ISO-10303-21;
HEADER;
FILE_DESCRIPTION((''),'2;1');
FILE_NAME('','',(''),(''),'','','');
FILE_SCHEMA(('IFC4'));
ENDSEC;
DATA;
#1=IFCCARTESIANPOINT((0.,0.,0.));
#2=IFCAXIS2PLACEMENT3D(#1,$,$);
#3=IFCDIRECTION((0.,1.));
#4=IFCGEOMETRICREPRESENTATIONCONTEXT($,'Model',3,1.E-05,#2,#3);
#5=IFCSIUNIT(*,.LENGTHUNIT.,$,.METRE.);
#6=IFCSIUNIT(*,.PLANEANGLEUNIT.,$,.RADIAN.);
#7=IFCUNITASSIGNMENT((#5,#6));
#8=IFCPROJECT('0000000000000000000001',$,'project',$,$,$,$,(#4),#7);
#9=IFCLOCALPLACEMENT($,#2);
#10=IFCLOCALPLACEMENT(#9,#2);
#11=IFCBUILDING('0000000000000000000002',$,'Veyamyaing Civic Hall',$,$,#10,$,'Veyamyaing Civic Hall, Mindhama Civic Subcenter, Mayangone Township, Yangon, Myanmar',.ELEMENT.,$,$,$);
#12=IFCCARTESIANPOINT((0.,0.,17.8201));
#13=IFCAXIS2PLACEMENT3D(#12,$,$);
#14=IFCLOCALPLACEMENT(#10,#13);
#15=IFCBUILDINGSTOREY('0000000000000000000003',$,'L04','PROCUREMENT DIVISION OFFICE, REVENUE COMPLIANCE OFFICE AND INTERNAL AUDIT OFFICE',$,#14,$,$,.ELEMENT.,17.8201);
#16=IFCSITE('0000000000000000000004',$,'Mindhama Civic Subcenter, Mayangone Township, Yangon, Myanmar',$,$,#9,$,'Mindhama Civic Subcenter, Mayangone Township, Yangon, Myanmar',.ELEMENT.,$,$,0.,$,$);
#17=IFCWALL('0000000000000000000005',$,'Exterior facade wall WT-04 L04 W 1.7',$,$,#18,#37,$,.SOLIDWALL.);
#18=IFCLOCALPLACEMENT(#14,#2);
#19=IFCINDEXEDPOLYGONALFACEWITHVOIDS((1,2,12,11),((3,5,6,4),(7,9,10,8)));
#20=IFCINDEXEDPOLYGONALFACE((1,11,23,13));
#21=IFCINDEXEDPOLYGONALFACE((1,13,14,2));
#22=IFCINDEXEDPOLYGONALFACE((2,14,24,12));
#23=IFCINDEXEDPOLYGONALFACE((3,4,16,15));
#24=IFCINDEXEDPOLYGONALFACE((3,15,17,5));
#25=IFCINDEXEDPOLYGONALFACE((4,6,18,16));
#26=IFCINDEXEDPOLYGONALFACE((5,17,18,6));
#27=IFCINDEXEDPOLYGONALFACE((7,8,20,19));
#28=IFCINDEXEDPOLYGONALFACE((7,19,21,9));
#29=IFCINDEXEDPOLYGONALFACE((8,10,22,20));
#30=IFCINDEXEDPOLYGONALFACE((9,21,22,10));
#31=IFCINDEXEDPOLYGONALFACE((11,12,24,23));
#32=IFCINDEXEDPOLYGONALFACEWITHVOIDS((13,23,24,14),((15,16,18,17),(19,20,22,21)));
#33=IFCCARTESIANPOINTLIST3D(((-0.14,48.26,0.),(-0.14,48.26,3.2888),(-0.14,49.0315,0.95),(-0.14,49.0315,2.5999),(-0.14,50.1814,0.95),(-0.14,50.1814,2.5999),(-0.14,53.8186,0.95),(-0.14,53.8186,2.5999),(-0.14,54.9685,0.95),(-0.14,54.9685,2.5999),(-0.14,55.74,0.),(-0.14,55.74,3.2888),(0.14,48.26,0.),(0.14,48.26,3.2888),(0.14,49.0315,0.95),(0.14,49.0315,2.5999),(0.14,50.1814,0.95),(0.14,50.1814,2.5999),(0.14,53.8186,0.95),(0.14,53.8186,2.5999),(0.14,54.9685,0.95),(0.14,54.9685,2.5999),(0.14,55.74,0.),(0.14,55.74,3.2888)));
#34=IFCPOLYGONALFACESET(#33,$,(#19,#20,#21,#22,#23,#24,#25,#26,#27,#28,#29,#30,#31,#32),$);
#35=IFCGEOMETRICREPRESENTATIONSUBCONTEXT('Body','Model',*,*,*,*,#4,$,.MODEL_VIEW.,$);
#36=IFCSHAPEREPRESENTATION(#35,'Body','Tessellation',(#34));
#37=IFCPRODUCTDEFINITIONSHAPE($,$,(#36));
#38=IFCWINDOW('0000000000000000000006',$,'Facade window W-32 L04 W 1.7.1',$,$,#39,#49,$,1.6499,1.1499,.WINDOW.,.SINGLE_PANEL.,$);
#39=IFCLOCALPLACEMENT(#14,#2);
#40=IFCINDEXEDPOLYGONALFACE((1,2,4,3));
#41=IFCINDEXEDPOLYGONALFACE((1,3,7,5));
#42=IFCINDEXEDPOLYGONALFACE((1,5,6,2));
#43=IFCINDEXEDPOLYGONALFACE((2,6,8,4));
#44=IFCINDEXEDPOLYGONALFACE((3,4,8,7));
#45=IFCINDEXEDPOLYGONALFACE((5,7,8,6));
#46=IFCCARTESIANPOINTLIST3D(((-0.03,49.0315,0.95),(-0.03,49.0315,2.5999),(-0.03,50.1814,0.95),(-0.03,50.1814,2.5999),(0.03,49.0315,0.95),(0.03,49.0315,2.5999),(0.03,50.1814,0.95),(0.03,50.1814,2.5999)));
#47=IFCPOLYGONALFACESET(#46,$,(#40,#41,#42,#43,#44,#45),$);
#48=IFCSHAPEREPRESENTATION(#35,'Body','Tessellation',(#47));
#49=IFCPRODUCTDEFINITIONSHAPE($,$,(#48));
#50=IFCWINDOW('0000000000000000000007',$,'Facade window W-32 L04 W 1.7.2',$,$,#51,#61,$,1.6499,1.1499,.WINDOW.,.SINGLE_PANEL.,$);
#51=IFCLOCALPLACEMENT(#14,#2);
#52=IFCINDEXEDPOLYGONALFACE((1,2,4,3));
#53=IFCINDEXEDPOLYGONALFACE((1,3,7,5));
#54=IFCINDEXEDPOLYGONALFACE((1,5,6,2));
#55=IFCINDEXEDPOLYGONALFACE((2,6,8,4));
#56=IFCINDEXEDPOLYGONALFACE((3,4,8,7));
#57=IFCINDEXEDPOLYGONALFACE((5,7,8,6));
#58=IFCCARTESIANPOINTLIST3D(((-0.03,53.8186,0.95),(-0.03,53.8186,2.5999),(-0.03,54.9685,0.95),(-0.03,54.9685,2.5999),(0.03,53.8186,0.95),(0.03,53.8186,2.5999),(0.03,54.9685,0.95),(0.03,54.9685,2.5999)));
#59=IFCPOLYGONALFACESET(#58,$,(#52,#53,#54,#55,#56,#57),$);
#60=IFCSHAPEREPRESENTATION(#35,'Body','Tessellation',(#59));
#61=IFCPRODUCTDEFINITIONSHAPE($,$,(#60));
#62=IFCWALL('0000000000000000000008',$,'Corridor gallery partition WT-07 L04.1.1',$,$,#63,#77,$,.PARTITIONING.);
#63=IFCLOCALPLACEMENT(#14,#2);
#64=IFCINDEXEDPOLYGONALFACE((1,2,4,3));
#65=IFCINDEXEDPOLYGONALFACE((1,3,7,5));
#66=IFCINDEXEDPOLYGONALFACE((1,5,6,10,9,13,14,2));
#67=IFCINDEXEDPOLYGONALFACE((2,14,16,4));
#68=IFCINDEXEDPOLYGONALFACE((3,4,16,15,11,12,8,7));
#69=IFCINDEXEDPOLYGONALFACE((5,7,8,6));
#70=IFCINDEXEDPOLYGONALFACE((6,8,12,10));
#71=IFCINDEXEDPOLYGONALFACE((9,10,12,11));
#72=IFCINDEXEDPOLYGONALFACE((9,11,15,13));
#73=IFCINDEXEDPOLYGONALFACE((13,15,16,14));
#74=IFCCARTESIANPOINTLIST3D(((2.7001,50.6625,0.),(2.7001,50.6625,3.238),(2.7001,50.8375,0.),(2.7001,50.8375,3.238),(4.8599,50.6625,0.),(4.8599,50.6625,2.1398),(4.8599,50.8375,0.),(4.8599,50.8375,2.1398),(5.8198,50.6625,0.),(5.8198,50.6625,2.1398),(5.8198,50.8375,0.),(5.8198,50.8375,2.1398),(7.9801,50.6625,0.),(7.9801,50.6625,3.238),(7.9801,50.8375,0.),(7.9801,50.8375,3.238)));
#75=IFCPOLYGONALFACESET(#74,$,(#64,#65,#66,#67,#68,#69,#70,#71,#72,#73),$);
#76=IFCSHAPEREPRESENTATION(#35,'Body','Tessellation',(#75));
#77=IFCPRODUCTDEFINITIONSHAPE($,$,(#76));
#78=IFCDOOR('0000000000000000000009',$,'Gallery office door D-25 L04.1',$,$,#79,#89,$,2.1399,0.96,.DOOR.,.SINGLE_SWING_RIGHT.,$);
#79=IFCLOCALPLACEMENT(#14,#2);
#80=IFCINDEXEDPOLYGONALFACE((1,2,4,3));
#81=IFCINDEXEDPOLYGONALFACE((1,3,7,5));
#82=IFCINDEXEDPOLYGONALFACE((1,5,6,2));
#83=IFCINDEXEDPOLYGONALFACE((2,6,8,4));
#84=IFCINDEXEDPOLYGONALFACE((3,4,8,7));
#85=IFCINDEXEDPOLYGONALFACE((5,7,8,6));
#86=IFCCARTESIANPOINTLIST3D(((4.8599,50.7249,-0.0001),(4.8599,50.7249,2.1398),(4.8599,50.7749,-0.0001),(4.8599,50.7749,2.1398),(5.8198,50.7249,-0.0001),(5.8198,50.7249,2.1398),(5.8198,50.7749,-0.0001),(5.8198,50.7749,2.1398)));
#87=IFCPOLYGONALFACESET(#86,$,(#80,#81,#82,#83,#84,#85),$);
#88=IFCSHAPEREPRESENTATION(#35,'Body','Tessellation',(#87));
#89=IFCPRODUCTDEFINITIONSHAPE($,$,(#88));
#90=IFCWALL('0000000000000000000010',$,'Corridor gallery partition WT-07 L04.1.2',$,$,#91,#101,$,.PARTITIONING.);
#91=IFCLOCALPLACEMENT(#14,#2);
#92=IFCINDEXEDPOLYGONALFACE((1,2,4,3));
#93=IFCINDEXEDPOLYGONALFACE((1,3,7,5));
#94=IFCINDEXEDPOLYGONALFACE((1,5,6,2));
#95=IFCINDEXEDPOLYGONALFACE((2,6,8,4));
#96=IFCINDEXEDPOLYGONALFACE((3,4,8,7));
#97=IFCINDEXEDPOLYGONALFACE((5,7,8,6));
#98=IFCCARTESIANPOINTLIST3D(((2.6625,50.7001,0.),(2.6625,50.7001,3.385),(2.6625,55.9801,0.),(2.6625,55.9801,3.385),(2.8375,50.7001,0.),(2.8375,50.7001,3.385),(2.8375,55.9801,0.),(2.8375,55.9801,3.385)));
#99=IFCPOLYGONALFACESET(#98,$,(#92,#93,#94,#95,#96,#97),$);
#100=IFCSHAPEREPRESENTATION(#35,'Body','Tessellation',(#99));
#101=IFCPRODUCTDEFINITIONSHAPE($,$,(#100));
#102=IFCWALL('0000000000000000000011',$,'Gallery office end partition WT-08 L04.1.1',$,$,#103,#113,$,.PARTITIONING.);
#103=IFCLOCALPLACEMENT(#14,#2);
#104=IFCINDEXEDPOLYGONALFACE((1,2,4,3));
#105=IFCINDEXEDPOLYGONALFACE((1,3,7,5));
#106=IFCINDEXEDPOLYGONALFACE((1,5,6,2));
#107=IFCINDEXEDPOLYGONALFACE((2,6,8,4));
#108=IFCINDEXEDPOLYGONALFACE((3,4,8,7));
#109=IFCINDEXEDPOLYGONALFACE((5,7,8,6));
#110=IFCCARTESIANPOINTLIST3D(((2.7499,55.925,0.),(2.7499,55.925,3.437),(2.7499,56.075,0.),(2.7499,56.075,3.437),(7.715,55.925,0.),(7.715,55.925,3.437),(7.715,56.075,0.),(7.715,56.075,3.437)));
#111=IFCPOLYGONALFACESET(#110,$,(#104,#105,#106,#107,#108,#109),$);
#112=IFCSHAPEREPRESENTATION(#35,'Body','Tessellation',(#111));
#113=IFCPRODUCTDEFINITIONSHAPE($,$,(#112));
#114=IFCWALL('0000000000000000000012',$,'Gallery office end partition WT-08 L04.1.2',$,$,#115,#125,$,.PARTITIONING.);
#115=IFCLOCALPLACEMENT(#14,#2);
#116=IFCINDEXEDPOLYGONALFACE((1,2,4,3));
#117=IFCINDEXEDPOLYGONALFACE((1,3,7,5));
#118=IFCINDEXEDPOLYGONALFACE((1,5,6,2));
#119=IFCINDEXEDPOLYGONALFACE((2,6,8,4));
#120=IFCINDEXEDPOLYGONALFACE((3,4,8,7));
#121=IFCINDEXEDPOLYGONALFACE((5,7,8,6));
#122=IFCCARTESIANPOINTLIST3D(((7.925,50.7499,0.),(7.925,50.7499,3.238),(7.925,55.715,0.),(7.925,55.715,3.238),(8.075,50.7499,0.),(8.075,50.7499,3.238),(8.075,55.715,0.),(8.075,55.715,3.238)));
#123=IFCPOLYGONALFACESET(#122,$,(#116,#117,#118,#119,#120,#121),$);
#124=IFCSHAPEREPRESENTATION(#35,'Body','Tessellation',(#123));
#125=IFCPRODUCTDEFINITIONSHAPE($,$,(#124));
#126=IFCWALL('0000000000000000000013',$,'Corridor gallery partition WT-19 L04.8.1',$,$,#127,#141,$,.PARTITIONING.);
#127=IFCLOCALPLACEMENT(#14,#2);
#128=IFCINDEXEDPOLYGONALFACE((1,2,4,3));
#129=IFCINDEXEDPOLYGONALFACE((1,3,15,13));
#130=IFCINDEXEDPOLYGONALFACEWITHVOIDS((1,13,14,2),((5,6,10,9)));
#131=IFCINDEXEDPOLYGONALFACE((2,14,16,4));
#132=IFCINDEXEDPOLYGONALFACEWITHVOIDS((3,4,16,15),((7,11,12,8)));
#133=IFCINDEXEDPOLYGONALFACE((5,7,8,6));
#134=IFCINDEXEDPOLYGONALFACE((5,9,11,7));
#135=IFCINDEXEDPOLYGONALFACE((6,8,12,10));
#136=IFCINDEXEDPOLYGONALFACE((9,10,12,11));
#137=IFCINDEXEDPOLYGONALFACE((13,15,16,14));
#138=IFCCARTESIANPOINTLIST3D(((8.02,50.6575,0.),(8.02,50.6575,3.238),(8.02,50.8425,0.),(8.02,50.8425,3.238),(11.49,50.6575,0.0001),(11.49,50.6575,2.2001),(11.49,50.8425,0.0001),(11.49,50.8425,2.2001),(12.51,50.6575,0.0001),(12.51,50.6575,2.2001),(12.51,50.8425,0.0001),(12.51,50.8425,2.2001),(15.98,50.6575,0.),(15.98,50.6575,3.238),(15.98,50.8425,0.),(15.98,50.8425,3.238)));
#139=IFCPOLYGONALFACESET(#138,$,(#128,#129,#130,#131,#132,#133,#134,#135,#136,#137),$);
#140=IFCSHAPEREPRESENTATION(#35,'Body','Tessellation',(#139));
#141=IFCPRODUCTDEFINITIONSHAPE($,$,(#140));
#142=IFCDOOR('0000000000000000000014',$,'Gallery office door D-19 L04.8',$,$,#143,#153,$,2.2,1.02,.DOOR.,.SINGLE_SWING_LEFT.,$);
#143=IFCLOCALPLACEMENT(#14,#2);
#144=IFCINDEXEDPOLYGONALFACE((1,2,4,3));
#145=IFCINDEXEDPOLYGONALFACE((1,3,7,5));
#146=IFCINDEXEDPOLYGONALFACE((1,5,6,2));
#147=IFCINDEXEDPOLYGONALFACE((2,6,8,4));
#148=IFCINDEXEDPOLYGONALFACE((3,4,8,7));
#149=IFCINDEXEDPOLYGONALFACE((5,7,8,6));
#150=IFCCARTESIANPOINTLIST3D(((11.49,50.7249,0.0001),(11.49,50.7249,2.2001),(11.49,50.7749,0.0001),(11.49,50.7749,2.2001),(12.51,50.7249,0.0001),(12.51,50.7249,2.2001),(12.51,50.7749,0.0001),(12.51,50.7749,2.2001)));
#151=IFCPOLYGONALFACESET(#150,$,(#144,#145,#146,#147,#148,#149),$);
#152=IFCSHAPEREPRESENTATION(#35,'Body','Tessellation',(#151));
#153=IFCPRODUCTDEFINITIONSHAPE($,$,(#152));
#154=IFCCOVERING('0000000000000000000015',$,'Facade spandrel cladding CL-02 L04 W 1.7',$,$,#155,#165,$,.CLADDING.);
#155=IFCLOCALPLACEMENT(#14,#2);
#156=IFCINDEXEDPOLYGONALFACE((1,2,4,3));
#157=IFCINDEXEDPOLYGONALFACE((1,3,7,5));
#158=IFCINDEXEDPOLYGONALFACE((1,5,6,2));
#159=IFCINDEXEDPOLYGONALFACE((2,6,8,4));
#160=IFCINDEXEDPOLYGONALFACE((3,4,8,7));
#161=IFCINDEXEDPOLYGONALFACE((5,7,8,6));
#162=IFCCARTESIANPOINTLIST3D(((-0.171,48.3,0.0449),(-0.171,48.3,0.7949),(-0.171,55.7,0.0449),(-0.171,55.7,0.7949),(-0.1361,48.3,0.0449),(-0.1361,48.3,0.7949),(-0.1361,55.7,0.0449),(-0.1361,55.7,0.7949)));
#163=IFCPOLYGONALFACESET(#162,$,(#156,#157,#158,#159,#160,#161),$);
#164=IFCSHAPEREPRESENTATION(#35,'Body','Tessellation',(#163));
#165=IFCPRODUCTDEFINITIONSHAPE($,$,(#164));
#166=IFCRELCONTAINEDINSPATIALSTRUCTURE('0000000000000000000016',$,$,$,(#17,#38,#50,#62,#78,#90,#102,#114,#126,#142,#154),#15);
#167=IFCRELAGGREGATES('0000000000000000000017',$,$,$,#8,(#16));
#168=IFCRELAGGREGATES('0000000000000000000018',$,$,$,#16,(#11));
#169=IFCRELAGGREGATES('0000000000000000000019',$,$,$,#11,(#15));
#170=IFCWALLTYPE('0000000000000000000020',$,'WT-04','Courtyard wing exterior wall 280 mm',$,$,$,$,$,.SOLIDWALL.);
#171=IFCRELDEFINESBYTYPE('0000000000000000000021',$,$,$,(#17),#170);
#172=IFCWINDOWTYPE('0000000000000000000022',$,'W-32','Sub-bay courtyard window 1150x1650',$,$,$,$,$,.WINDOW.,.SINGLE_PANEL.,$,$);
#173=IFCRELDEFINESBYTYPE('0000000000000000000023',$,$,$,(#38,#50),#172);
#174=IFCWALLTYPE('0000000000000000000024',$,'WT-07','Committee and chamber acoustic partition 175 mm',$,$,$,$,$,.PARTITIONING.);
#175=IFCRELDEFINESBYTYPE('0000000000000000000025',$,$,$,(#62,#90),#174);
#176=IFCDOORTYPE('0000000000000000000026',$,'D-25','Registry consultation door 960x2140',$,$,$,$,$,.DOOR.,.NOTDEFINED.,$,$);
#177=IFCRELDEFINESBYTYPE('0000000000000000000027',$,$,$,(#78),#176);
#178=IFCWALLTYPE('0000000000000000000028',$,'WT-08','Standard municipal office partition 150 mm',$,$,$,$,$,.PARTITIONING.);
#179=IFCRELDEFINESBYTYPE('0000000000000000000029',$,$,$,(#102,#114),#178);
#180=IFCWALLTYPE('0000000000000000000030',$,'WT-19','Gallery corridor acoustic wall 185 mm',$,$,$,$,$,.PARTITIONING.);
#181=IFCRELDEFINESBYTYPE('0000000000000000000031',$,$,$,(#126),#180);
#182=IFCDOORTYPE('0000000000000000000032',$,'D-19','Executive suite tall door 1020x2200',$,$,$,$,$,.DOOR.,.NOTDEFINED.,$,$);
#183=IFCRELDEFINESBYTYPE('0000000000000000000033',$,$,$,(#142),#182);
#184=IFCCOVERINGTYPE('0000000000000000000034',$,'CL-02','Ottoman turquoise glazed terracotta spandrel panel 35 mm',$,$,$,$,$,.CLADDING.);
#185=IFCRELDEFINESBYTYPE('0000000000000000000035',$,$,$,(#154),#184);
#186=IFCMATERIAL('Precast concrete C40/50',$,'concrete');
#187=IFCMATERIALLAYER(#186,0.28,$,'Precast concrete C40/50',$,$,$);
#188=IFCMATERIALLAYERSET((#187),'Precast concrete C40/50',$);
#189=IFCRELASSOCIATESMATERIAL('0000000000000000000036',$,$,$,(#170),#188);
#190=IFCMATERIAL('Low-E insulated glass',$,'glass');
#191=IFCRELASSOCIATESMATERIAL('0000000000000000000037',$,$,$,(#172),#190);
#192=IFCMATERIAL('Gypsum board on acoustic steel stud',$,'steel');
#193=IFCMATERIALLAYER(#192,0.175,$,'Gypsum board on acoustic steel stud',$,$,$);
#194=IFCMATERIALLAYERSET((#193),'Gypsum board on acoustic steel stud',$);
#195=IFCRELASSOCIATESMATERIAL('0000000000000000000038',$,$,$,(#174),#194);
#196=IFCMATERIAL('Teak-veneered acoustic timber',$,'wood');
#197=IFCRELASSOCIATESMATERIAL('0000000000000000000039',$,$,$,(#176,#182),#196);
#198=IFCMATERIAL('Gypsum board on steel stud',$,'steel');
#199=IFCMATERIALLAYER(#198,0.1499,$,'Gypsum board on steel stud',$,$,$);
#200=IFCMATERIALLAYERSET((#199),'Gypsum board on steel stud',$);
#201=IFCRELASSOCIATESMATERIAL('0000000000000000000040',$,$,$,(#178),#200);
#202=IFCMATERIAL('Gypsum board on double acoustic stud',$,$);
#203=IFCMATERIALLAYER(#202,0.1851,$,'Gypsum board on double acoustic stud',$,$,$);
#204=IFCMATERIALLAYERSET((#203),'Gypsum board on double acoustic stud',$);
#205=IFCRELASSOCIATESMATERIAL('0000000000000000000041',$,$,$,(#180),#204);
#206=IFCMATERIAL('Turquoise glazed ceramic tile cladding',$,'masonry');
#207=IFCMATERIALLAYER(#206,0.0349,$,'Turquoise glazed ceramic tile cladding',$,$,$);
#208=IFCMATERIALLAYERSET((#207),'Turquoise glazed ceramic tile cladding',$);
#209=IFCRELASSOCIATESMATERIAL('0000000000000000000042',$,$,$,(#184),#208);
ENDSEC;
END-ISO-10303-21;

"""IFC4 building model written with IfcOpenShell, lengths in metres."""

from ifc_helpers import new_model, si_unit, direction, frame, frame_2d, origin, origin_2d, place, context, subcontext, project, spatial, rectangle, extrude, material, layer, layer_set, type_object, element, fill, save


model = new_model("IFC4")

# Units and contexts
model_context = context("Model", 3, precision=1e-05, world=origin(), true_north=direction((0.0, 1.0)))
body_context = subcontext(model_context, "Body", "Model", "MODEL_VIEW")
ifc_project = project(units=[si_unit("LENGTHUNIT", "METRE"), si_unit("PLANEANGLEUNIT", "RADIAN")], contexts=[model_context])

# Site, building, storey
site_placement = place(None, origin())
site = spatial("IfcSite", under=ifc_project, at=site_placement, Name="Mindhama Civic Subcenter, Mayangone Township, Yangon, Myanmar", LongName="Mindhama Civic Subcenter, Mayangone Township, Yangon, Myanmar", CompositionType="ELEMENT", RefElevation=0.0)
building_placement = place(site_placement, origin())
building = spatial("IfcBuilding", under=site, at=building_placement, Name="Veyamyaing Civic Hall", LongName="Veyamyaing Civic Hall, Mindhama Civic Subcenter, Mayangone Township, Yangon, Myanmar", CompositionType="ELEMENT")
storey_placement = place(building_placement, frame((0.0, 0.0, 17.8201)))
storey = spatial("IfcBuildingStorey", under=building, at=storey_placement, Name="L04", Description="PROCUREMENT DIVISION OFFICE, REVENUE COMPLIANCE OFFICE AND INTERNAL AUDIT OFFICE", CompositionType="ELEMENT", Elevation=17.8201)

# Shared definitions
ifc_material_1 = material(Name="Low-E insulated glass", Category="glass")

# Wall, openings, windows
ifc_material_2 = material(Name="Precast concrete C40/50", Category="concrete")
ifc_layer_1 = layer(ifc_material_2, 0.28, Name="Precast concrete C40/50")
ifc_layer_set_1 = layer_set([ifc_layer_1], Name="Precast concrete C40/50")
wall_type_1 = type_object("IfcWallType", Name="WT-04", Description="Courtyard wing exterior wall 280 mm", PredefinedType="SOLIDWALL", material=ifc_layer_set_1)
wall_1_placement = place(storey_placement, frame((0.0, 48.26, 0.0), z_axis=(0.0, 0.0, 1.0), x_axis=(0.0, 1.0, 0.0)))
wall_1 = element("IfcWall", 1, at=wall_1_placement, inside=storey, type_object=wall_type_1, Name="Exterior facade wall WT-04 L04 W 1.7", PredefinedType="SOLIDWALL", context=body_context, shape_type="SweptSolid", body=[
    extrude(rectangle(XDim=7.48, YDim=0.28, at=frame_2d((3.74, 0.0))), origin(), (0.0, 0.0, 1.0), 3.2888),
])
opening_1_placement = place(wall_1_placement, frame((0.7715, 0.0, 0.95)))
opening_1 = element("IfcOpeningElement", 2, at=opening_1_placement, cuts=wall_1, PredefinedType="OPENING", context=body_context, shape_type="SweptSolid", body=[
    extrude(rectangle(XDim=1.1499, YDim=1.6499, at=frame_2d((0.575, 0.825))), frame((0.0, 0.1499, 0.0), z_axis=(0.0, -1.0, 0.0), x_axis=(1.0, 0.0, 0.0)), (0.0, 0.0, 1.0), 0.3),
])
opening_2_placement = place(wall_1_placement, frame((5.5586, 0.0, 0.95)))
opening_2 = element("IfcOpeningElement", 3, at=opening_2_placement, cuts=wall_1, PredefinedType="OPENING", context=body_context, shape_type="SweptSolid", body=[
    extrude(rectangle(XDim=1.1499, YDim=1.6499, at=frame_2d((0.575, 0.825))), frame((0.0, 0.1499, 0.0), z_axis=(0.0, -1.0, 0.0), x_axis=(1.0, 0.0, 0.0)), (0.0, 0.0, 1.0), 0.3),
])
window_type = type_object("IfcWindowType", Name="W-32", Description="Sub-bay courtyard window 1150x1650", PartitioningType="SINGLE_PANEL", PredefinedType="WINDOW", material=ifc_material_1)
window_1_placement = place(opening_1_placement, origin())
window_1 = element("IfcWindow", 4, at=window_1_placement, inside=storey, type_object=window_type, Name="Facade window W-32 L04 W 1.7.1", OverallHeight=1.6499, OverallWidth=1.1499, PartitioningType="SINGLE_PANEL", PredefinedType="WINDOW", context=body_context, shape_type="SweptSolid", body=[
    extrude(rectangle(XDim=1.1499, YDim=1.6499, at=frame_2d((0.575, 0.825))), frame((0.0, 0.03, 0.0), z_axis=(0.0, -1.0, 0.0), x_axis=(1.0, 0.0, 0.0)), (0.0, 0.0, 1.0), 0.0601),
])
fill(opening_1, window_1)
window_2_placement = place(opening_2_placement, origin())
window_2 = element("IfcWindow", 5, at=window_2_placement, inside=storey, type_object=window_type, Name="Facade window W-32 L04 W 1.7.2", OverallHeight=1.6499, OverallWidth=1.1499, PartitioningType="SINGLE_PANEL", PredefinedType="WINDOW", context=body_context, shape_type="SweptSolid", body=[
    extrude(rectangle(XDim=1.1499, YDim=1.6499, at=frame_2d((0.575, 0.825))), frame((0.0, 0.03, 0.0), z_axis=(0.0, -1.0, 0.0), x_axis=(1.0, 0.0, 0.0)), (0.0, 0.0, 1.0), 0.0601),
])
fill(opening_2, window_2)

# Wall, opening, door
ifc_material_3 = material(Name="Gypsum board on acoustic steel stud", Category="steel")
ifc_layer_2 = layer(ifc_material_3, 0.175, Name="Gypsum board on acoustic steel stud")
ifc_layer_set_2 = layer_set([ifc_layer_2], Name="Gypsum board on acoustic steel stud")
wall_type_2 = type_object("IfcWallType", Name="WT-07", Description="Committee and chamber acoustic partition 175 mm", PredefinedType="PARTITIONING", material=ifc_layer_set_2)
wall_2_placement = place(storey_placement, frame((2.7, 50.75, 0.0), z_axis=(0.0, 0.0, 1.0), x_axis=(1.0, 0.0, 0.0)))
wall_2 = element("IfcWall", 6, at=wall_2_placement, inside=storey, type_object=wall_type_2, Name="Corridor gallery partition WT-07 L04.1.1", PredefinedType="PARTITIONING", context=body_context, shape_type="SweptSolid", body=[
    extrude(rectangle(XDim=5.28, YDim=0.175, at=frame_2d((2.6401, 0.0))), origin(), (0.0, 0.0, 1.0), 3.238),
])
opening_3_placement = place(wall_2_placement, frame((2.1599, 0.0, 0.0)))
opening_3 = element("IfcOpeningElement", 7, at=opening_3_placement, cuts=wall_2, PredefinedType="OPENING", context=body_context, shape_type="SweptSolid", body=[
    extrude(rectangle(XDim=0.96, YDim=2.1399, at=frame_2d((0.48, 1.0698))), frame((0.0, 0.0974, 0.0), z_axis=(0.0, -1.0, 0.0), x_axis=(1.0, 0.0, 0.0)), (0.0, 0.0, 1.0), 0.1951),
])
ifc_material_4 = material(Name="Teak-veneered acoustic timber", Category="wood")
door_type_1 = type_object("IfcDoorType", Name="D-25", Description="Registry consultation door 960x2140", OperationType="NOTDEFINED", PredefinedType="DOOR", material=ifc_material_4)
door_1_placement = place(opening_3_placement, origin())
door_1 = element("IfcDoor", 8, at=door_1_placement, inside=storey, type_object=door_type_1, Name="Gallery office door D-25 L04.1", OperationType="SINGLE_SWING_RIGHT", OverallHeight=2.1399, OverallWidth=0.96, PredefinedType="DOOR", context=body_context, shape_type="SweptSolid", body=[
    extrude(rectangle(XDim=0.96, YDim=2.1399, at=frame_2d((0.48, 1.0698))), frame((0.0, 0.0249, 0.0), z_axis=(0.0, -1.0, 0.0), x_axis=(1.0, 0.0, 0.0)), (0.0, 0.0, 1.0), 0.05),
])
fill(opening_3, door_1)

# Walls
wall_3_placement = place(storey_placement, frame((2.75, 50.7, 0.0), z_axis=(0.0, 0.0, 1.0), x_axis=(0.0, 1.0, 0.0)))
element("IfcWall", 9, at=wall_3_placement, inside=storey, type_object=wall_type_2, Name="Corridor gallery partition WT-07 L04.1.2", PredefinedType="PARTITIONING", context=body_context, shape_type="SweptSolid", body=[
    extrude(rectangle(XDim=5.28, YDim=0.175, at=frame_2d((2.6401, 0.0))), origin(), (0.0, 0.0, 1.0), 3.385),
])
ifc_material_5 = material(Name="Gypsum board on steel stud", Category="steel")
ifc_layer_3 = layer(ifc_material_5, 0.1499, Name="Gypsum board on steel stud")
ifc_layer_set_3 = layer_set([ifc_layer_3], Name="Gypsum board on steel stud")
wall_type_3 = type_object("IfcWallType", Name="WT-08", Description="Standard municipal office partition 150 mm", PredefinedType="PARTITIONING", material=ifc_layer_set_3)
wall_4_placement = place(storey_placement, frame((2.75, 56.0, 0.0), z_axis=(0.0, 0.0, 1.0), x_axis=(1.0, 0.0, 0.0)))
element("IfcWall", 10, at=wall_4_placement, inside=storey, type_object=wall_type_3, Name="Gallery office end partition WT-08 L04.1.1", PredefinedType="PARTITIONING", context=body_context, shape_type="SweptSolid", body=[
    extrude(rectangle(XDim=4.9651, YDim=0.1499, at=frame_2d((2.4824, 0.0))), origin(), (0.0, 0.0, 1.0), 3.437),
])
wall_5_placement = place(storey_placement, frame((8.0, 50.75, 0.0), z_axis=(0.0, 0.0, 1.0), x_axis=(0.0, 1.0, 0.0)))
element("IfcWall", 11, at=wall_5_placement, inside=storey, type_object=wall_type_3, Name="Gallery office end partition WT-08 L04.1.2", PredefinedType="PARTITIONING", context=body_context, shape_type="SweptSolid", body=[
    extrude(rectangle(XDim=4.9651, YDim=0.1499, at=frame_2d((2.4824, 0.0))), origin(), (0.0, 0.0, 1.0), 3.238),
])

# Wall, opening, door
ifc_material_6 = material(Name="Gypsum board on double acoustic stud")
ifc_layer_4 = layer(ifc_material_6, 0.1851, Name="Gypsum board on double acoustic stud")
ifc_layer_set_4 = layer_set([ifc_layer_4], Name="Gypsum board on double acoustic stud")
wall_type_4 = type_object("IfcWallType", Name="WT-19", Description="Gallery corridor acoustic wall 185 mm", PredefinedType="PARTITIONING", material=ifc_layer_set_4)
wall_6_placement = place(storey_placement, frame((8.02, 50.75, 0.0), z_axis=(0.0, 0.0, 1.0), x_axis=(1.0, 0.0, 0.0)))
wall_6 = element("IfcWall", 12, at=wall_6_placement, inside=storey, type_object=wall_type_4, Name="Corridor gallery partition WT-19 L04.8.1", PredefinedType="PARTITIONING", context=body_context, shape_type="SweptSolid", body=[
    extrude(rectangle(XDim=7.96, YDim=0.1851, at=frame_2d((3.98, 0.0))), origin(), (0.0, 0.0, 1.0), 3.238),
])
opening_4_placement = place(wall_6_placement, frame((3.47, 0.0, 0.0)))
opening_4 = element("IfcOpeningElement", 13, at=opening_4_placement, cuts=wall_6, PredefinedType="OPENING", context=body_context, shape_type="SweptSolid", body=[
    extrude(rectangle(XDim=1.02, YDim=2.2, at=frame_2d((0.51, 1.1001))), frame((0.0, 0.1025, 0.0), z_axis=(0.0, -1.0, 0.0), x_axis=(1.0, 0.0, 0.0)), (0.0, 0.0, 1.0), 0.2051),
])
door_type_2 = type_object("IfcDoorType", Name="D-19", Description="Executive suite tall door 1020x2200", OperationType="NOTDEFINED", PredefinedType="DOOR", material=ifc_material_4)
door_2_placement = place(opening_4_placement, origin())
door_2 = element("IfcDoor", 14, at=door_2_placement, inside=storey, type_object=door_type_2, Name="Gallery office door D-19 L04.8", OperationType="SINGLE_SWING_LEFT", OverallHeight=2.2, OverallWidth=1.02, PredefinedType="DOOR", context=body_context, shape_type="SweptSolid", body=[
    extrude(rectangle(XDim=1.02, YDim=2.2, at=frame_2d((0.51, 1.1001))), frame((0.0, 0.0249, 0.0), z_axis=(0.0, -1.0, 0.0), x_axis=(1.0, 0.0, 0.0)), (0.0, 0.0, 1.0), 0.05),
])
fill(opening_4, door_2)

# Covering
ifc_material_7 = material(Name="Turquoise glazed ceramic tile cladding", Category="masonry")
ifc_layer_5 = layer(ifc_material_7, 0.0349, Name="Turquoise glazed ceramic tile cladding")
ifc_layer_set_5 = layer_set([ifc_layer_5], Name="Turquoise glazed ceramic tile cladding")
covering_type_1 = type_object("IfcCoveringType", Name="CL-02", Description="Ottoman turquoise glazed terracotta spandrel panel 35 mm", PredefinedType="CLADDING", material=ifc_layer_set_5)
covering_placement = place(storey_placement, frame((-0.1536, 52.0, 0.0449), z_axis=(0.0, 0.0, 1.0), x_axis=(0.0, 1.0, 0.0)))
element("IfcCovering", 15, at=covering_placement, inside=storey, type_object=covering_type_1, Name="Facade spandrel cladding CL-02 L04 W 1.7", PredefinedType="CLADDING", context=body_context, shape_type="SweptSolid", body=[
    extrude(rectangle(XDim=7.3999, YDim=0.0349, at=origin_2d()), origin(), (0.0, 0.0, 1.0), 0.75),
])

save(model, "model.ifc")
